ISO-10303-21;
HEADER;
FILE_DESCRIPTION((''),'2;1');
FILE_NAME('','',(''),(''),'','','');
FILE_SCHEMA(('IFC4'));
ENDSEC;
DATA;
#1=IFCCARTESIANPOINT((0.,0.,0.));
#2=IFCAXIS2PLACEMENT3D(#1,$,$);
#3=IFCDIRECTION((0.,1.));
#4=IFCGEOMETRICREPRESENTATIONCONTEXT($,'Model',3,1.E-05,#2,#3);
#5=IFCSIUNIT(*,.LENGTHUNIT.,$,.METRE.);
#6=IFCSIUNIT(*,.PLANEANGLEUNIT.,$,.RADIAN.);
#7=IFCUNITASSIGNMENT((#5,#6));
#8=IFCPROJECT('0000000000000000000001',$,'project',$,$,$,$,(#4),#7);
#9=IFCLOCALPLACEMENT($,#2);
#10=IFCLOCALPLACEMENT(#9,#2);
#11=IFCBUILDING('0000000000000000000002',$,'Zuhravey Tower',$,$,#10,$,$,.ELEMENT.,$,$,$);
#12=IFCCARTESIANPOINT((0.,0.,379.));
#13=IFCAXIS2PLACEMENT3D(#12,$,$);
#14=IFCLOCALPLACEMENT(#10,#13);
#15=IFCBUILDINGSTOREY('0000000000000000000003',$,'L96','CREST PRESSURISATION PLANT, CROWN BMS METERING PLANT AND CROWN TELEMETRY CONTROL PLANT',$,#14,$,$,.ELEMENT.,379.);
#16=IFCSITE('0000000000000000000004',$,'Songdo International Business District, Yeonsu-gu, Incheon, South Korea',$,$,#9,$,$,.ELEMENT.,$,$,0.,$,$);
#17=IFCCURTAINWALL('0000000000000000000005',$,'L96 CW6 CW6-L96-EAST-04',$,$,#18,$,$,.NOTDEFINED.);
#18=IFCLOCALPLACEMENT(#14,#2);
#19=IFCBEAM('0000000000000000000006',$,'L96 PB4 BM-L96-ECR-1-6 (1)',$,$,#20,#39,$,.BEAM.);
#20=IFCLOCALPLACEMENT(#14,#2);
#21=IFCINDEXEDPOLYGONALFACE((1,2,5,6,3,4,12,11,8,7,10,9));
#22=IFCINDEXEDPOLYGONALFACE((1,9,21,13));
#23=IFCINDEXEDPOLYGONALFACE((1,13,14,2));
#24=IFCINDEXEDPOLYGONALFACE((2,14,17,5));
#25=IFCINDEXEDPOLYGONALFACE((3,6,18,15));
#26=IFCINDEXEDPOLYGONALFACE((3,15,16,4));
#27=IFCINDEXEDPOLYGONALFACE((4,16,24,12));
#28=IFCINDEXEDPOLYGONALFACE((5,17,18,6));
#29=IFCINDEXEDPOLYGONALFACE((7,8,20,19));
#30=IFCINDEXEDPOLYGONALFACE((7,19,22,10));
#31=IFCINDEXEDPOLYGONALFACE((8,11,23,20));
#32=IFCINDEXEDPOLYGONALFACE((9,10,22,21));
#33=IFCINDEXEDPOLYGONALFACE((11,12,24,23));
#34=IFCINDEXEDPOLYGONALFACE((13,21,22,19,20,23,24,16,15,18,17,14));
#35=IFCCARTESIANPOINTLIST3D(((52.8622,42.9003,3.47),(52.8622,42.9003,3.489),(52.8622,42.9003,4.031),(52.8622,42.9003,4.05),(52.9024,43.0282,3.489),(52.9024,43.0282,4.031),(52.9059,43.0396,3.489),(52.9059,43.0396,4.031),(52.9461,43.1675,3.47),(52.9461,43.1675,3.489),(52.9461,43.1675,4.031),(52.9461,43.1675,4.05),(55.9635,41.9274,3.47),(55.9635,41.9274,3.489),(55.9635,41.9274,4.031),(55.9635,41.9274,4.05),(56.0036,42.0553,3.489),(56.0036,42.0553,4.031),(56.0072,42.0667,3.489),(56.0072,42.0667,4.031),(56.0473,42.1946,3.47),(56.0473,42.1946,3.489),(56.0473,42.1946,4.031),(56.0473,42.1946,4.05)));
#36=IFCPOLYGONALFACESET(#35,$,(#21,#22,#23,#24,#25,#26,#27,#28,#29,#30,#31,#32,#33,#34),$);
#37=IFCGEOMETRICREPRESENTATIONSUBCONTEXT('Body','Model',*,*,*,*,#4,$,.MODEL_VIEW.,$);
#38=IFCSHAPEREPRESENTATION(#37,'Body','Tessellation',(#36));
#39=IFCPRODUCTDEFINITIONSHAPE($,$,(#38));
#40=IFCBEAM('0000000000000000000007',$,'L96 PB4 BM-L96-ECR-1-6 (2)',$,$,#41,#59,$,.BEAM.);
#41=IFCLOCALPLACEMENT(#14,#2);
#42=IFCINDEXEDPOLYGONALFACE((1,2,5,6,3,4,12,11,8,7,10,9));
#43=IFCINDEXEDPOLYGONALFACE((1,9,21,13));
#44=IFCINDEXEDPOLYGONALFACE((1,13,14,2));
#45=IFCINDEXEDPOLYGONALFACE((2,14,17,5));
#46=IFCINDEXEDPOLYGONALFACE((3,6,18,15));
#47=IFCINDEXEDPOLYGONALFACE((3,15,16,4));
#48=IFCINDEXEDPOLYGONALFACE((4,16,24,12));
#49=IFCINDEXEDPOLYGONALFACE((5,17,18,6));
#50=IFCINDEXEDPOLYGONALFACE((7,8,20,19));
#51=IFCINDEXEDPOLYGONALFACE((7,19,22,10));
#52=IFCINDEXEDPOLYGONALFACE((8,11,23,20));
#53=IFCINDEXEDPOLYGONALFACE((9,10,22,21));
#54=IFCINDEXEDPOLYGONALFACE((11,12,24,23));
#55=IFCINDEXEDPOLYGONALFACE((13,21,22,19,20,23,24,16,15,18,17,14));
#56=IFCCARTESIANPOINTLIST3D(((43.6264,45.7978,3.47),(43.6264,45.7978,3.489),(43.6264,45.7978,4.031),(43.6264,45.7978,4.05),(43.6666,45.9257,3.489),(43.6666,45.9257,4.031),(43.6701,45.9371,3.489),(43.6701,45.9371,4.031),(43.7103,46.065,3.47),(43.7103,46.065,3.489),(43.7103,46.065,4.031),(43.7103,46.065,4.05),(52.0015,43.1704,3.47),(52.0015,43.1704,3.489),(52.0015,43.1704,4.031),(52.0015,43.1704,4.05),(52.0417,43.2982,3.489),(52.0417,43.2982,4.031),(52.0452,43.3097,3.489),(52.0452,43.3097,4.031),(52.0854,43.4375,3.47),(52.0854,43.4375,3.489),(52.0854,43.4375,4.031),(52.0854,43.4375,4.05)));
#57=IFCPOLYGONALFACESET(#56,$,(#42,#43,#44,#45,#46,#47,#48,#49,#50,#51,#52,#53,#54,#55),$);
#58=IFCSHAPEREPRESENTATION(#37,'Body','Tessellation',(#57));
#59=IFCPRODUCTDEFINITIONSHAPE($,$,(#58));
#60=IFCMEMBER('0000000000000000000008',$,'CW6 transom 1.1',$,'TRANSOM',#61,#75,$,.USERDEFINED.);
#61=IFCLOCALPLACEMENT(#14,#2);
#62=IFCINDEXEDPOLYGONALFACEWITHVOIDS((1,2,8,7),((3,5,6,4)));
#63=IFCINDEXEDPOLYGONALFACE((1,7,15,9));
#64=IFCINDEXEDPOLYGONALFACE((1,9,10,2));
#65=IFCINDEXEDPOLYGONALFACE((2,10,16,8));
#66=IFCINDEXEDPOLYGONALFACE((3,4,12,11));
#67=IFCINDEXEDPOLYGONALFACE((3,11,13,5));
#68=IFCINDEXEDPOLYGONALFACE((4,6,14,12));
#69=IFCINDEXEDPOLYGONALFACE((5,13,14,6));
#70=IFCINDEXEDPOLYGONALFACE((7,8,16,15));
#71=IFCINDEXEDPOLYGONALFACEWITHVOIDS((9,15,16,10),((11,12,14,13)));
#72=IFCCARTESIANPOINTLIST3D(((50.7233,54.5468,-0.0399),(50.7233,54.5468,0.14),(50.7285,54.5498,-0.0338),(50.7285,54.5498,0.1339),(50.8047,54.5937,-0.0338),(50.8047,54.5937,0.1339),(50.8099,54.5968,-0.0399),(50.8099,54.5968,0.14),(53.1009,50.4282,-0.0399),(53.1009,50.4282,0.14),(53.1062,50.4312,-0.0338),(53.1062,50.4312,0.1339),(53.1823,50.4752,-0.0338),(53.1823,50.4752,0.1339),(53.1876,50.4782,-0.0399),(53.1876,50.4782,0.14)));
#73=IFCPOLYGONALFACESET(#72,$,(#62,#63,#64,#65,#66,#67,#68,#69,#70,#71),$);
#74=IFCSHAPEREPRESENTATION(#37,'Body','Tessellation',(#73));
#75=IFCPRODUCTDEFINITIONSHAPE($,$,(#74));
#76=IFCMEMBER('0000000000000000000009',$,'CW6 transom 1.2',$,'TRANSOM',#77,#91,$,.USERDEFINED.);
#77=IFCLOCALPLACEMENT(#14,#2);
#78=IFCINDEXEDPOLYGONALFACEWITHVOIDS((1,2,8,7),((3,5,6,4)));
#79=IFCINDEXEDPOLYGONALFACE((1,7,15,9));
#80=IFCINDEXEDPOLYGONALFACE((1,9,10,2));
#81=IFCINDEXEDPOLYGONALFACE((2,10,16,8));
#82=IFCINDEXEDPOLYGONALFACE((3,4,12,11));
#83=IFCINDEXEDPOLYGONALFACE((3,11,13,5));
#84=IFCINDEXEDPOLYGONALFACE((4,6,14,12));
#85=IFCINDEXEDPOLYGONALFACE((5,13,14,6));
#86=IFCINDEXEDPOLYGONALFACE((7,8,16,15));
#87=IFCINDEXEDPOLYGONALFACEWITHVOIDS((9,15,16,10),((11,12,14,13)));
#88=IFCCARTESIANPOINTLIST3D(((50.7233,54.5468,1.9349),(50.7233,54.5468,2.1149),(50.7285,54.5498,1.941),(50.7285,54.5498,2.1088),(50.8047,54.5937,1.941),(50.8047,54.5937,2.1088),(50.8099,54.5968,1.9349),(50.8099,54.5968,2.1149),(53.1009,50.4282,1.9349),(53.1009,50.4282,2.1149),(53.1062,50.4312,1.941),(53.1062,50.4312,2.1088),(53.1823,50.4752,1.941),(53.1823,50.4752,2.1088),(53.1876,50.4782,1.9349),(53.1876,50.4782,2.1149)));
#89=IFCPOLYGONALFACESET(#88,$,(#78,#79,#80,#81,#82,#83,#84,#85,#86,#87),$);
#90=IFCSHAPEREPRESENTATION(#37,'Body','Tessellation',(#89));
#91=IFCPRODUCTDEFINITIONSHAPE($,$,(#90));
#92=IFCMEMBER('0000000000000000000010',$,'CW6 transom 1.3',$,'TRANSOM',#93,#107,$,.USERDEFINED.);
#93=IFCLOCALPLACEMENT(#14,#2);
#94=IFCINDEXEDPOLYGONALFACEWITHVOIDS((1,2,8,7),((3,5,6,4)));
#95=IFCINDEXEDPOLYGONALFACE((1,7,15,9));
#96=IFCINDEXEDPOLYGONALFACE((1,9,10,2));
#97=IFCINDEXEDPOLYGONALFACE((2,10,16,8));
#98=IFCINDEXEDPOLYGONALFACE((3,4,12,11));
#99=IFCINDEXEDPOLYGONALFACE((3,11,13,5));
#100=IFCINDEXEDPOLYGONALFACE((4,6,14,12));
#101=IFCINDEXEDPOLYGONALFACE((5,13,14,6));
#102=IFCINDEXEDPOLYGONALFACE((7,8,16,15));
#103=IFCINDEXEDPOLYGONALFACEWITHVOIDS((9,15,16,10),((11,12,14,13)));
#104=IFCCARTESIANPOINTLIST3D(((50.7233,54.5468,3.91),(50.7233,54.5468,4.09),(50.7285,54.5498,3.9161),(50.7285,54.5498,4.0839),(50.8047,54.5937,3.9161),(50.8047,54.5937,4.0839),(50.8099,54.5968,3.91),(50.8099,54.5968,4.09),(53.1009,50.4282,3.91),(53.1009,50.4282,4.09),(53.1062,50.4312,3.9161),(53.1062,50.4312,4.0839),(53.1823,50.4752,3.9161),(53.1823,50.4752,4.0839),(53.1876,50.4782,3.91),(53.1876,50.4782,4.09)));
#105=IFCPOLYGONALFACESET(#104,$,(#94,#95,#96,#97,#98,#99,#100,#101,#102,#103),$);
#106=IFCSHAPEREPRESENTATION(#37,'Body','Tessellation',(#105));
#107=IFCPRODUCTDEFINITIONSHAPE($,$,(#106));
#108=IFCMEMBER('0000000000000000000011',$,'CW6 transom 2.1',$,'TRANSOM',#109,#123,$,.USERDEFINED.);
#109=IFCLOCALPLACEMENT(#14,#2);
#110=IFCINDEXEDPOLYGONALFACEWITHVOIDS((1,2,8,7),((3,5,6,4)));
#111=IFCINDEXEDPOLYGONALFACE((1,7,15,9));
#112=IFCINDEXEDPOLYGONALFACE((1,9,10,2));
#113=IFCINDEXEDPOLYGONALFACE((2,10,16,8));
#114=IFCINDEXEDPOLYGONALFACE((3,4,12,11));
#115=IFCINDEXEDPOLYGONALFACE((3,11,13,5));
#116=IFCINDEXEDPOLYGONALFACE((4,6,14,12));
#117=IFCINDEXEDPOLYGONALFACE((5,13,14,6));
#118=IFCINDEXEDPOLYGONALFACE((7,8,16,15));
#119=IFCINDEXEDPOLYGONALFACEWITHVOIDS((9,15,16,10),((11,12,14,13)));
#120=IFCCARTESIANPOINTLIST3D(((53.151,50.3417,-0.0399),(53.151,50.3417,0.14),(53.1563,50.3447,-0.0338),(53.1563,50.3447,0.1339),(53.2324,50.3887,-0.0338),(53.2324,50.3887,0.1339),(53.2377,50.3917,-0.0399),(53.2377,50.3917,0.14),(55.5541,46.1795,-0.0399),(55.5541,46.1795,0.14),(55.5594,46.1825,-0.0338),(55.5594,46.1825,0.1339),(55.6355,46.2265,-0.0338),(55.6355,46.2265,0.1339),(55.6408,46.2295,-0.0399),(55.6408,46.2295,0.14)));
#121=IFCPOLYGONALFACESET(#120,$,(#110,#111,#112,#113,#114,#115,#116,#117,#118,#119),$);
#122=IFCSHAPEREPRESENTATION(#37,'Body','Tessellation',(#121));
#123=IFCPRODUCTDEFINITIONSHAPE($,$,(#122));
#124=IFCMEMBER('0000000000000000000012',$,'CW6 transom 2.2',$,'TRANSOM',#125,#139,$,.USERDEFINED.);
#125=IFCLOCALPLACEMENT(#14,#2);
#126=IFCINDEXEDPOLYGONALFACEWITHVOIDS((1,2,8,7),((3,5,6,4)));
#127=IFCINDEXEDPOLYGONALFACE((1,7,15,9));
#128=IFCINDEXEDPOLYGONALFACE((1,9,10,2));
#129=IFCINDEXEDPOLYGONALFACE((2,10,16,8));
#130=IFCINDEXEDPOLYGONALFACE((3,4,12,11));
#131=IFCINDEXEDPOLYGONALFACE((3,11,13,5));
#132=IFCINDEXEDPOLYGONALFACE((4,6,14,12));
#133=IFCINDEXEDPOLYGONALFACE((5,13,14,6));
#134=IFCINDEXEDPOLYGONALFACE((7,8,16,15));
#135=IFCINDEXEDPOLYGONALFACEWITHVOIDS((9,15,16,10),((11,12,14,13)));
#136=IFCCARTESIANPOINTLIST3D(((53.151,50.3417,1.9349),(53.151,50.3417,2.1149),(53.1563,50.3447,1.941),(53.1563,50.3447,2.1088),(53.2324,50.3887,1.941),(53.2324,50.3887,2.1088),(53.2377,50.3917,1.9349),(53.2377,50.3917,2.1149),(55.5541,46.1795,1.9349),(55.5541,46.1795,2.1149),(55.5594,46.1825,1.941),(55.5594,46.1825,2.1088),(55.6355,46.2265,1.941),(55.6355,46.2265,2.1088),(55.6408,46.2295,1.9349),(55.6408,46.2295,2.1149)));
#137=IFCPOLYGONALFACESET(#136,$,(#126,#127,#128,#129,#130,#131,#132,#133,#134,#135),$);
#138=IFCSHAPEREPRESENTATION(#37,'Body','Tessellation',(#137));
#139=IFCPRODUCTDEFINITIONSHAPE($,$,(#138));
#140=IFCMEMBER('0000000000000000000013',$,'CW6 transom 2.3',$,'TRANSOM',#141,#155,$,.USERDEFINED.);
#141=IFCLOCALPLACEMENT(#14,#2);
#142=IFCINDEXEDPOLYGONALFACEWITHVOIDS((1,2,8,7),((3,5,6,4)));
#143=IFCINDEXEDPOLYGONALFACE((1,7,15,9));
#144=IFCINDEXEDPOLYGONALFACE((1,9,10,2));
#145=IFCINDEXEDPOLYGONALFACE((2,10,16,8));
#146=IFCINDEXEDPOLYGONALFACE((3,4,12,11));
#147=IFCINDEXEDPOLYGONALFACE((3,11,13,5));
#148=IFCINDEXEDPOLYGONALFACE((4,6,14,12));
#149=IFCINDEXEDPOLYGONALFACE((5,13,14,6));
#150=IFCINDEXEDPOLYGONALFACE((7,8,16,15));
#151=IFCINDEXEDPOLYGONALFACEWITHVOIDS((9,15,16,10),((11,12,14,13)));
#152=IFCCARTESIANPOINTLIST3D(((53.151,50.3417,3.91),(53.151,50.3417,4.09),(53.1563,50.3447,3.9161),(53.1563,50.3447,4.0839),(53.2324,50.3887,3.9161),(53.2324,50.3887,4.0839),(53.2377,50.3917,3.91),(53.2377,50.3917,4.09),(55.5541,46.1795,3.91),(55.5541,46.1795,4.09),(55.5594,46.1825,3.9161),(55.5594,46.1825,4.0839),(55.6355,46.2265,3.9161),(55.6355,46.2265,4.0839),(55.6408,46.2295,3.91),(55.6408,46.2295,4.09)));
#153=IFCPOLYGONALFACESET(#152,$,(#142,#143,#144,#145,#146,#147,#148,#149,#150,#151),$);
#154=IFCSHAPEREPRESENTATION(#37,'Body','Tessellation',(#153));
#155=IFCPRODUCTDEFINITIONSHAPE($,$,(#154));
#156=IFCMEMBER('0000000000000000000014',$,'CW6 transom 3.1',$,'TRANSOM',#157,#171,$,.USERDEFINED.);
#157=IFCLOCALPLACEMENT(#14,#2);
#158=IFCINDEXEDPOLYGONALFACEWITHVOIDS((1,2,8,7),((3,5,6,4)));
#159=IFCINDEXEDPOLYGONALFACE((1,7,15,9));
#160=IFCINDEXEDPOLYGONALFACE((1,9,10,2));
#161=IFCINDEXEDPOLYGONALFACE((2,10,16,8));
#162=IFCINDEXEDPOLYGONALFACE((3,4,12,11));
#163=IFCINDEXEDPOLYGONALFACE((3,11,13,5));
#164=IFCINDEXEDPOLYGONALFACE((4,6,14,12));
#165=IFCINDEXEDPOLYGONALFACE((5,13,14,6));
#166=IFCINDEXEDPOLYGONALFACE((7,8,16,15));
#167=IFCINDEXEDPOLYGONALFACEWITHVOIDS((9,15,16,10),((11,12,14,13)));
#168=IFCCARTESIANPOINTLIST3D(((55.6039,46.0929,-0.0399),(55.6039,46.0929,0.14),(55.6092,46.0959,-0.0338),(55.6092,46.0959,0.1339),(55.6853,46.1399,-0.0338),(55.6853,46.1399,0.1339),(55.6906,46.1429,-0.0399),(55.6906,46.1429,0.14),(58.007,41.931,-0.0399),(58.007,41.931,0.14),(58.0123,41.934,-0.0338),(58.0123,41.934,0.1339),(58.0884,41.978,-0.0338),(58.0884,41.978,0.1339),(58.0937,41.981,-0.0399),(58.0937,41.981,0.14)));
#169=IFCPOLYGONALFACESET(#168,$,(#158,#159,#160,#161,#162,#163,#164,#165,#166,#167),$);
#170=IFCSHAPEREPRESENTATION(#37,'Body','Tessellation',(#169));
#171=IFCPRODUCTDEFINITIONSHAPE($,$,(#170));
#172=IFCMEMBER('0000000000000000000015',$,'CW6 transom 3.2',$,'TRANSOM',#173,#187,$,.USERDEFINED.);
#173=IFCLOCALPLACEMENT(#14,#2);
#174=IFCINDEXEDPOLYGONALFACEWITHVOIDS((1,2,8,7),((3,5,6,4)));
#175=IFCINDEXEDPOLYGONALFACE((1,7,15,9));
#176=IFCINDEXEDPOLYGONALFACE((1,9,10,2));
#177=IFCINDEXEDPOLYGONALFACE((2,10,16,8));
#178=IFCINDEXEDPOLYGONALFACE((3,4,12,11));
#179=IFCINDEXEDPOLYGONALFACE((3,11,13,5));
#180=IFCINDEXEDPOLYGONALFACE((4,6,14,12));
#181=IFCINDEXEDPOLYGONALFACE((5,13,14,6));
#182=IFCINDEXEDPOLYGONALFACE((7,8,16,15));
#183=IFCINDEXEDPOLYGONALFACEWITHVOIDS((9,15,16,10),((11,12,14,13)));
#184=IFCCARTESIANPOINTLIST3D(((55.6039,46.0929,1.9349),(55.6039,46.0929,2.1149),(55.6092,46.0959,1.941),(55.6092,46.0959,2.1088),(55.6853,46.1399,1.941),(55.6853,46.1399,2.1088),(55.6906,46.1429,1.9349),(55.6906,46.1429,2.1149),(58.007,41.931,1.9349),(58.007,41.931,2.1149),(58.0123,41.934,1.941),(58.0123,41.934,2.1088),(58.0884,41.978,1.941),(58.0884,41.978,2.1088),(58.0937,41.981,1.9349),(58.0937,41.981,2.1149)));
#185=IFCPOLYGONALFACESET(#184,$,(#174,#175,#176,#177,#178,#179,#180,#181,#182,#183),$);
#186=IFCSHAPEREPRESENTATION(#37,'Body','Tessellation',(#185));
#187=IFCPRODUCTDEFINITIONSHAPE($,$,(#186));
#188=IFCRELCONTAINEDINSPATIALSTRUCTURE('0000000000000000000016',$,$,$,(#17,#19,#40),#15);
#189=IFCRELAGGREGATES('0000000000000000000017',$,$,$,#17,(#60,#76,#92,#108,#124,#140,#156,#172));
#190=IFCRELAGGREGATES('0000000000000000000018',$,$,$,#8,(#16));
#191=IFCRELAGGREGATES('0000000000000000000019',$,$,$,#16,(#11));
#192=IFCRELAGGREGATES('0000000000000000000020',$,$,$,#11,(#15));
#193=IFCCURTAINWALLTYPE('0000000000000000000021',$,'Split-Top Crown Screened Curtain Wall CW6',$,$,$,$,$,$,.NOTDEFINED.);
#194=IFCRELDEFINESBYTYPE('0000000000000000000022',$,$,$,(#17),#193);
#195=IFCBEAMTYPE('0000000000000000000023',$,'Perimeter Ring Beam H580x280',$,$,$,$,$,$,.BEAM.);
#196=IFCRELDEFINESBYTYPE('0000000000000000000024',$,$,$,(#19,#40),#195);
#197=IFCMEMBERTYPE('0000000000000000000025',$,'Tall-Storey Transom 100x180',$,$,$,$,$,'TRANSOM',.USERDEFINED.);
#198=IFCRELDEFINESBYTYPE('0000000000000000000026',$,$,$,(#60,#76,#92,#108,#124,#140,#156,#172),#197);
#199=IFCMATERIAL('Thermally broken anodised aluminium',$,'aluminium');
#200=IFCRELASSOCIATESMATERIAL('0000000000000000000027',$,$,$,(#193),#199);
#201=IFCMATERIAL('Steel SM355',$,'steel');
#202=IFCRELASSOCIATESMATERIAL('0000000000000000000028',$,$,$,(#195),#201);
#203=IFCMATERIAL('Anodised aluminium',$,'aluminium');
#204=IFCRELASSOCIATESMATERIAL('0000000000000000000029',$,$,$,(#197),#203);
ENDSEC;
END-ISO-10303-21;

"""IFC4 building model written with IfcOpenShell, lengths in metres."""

from ifc_helpers import new_model, si_unit, direction, frame, origin, origin_2d, place, context, subcontext, project, spatial, hollow_rectangle, i_section, extrude, material, material_profile, profile_set, type_object, element, aggregate, save


model = new_model("IFC4")

# Units and contexts
model_context = context("Model", 3, precision=1e-05, world=origin(), true_north=direction((0.0, 1.0)))
body_context = subcontext(model_context, "Body", "Model", "MODEL_VIEW")
ifc_project = project(units=[si_unit("LENGTHUNIT", "METRE"), si_unit("PLANEANGLEUNIT", "RADIAN")], contexts=[model_context])

# Site, building, storey
site_placement = place(None, origin())
site = spatial("IfcSite", under=ifc_project, at=site_placement, Name="Songdo International Business District, Yeonsu-gu, Incheon, South Korea", CompositionType="ELEMENT", RefElevation=0.0)
building_placement = place(site_placement, origin())
building = spatial("IfcBuilding", under=site, at=building_placement, Name="Zuhravey Tower", CompositionType="ELEMENT")
storey_placement = place(building_placement, frame((0.0, 0.0, 379.0)))
storey = spatial("IfcBuildingStorey", under=building, at=storey_placement, Name="L96", Description="CREST PRESSURISATION PLANT, CROWN BMS METERING PLANT AND CROWN TELEMETRY CONTROL PLANT", CompositionType="ELEMENT", Elevation=379.0)

# Shared definitions
ifc_material_1 = material(Name="Steel SM355", Category="steel")

# Curtain wall
ifc_material_2 = material(Name="Thermally broken anodised aluminium", Category="aluminium")
curtain_wall_type = type_object("IfcCurtainWallType", Name="Split-Top Crown Screened Curtain Wall CW6", PredefinedType="NOTDEFINED", material=ifc_material_2)
curtain_wall_placement = place(storey_placement, origin())
curtain_wall = element("IfcCurtainWall", 1, at=curtain_wall_placement, inside=storey, type_object=curtain_wall_type, Name="L96 CW6 CW6-L96-EAST-04", PredefinedType="NOTDEFINED")
ifc_material_3 = material(Name="Anodised aluminium", Category="aluminium")

# Beams
ifc_material_profile_1 = material_profile(ifc_material_1, i_section(OverallWidth=0.28, OverallDepth=0.5801, WebThickness=0.012, FlangeThickness=0.019, at=origin_2d()), Name="H-580x280x12x19")
ifc_profile_set_1 = profile_set([ifc_material_profile_1], Name="Steel SM355")
beam_type = type_object("IfcBeamType", Name="Perimeter Ring Beam H580x280", PredefinedType="BEAM", material=ifc_profile_set_1)
beam_1_placement = place(storey_placement, frame((56.0054, 42.061, 3.76), z_axis=(-0.954152, 0.299323, 0.0), x_axis=(-0.299323, -0.954152, 0.0)))
element("IfcBeam", 2, at=beam_1_placement, inside=storey, type_object=beam_type, Name="L96 PB4 BM-L96-ECR-1-6 (1)", PredefinedType="BEAM", context=body_context, shape_type="SweptSolid", body=[
    extrude(i_section(OverallWidth=0.28, OverallDepth=0.5801, WebThickness=0.012, FlangeThickness=0.019, at=origin_2d()), origin(), (0.0, 0.0, 1.0), 3.2502),
])
beam_2_placement = place(storey_placement, frame((52.0435, 43.304, 3.76), z_axis=(-0.954147, 0.299339, 0.0), x_axis=(-0.299339, -0.954147, 0.0)))
element("IfcBeam", 3, at=beam_2_placement, inside=storey, type_object=beam_type, Name="L96 PB4 BM-L96-ECR-1-6 (2)", PredefinedType="BEAM", context=body_context, shape_type="SweptSolid", body=[
    extrude(i_section(OverallWidth=0.28, OverallDepth=0.5801, WebThickness=0.012, FlangeThickness=0.019, at=origin_2d()), origin(), (0.0, 0.0, 1.0), 8.7776),
])

# Members
ifc_material_profile_2 = material_profile(ifc_material_3, hollow_rectangle(XDim=0.1001, YDim=0.1799, WallThickness=0.0061, at=origin_2d()), Name="ALU-RHS-100x180x6")
ifc_profile_set_2 = profile_set([ifc_material_profile_2], Name="Anodised aluminium")
member_type_1 = type_object("IfcMemberType", Name="Tall-Storey Transom 100x180", ElementType="TRANSOM", PredefinedType="USERDEFINED", material=ifc_profile_set_2)
member_1_placement = place(storey_placement, frame((50.7666, 54.5718, 0.05), z_axis=(0.499965, -0.866045, 0.0), x_axis=(0.866045, 0.499965, 0.0)))
member_1 = element("IfcMember", 4, at=member_1_placement, type_object=member_type_1, Name="CW6 transom 1.1", ObjectType="TRANSOM", PredefinedType="USERDEFINED", context=body_context, shape_type="SweptSolid", body=[
    extrude(hollow_rectangle(XDim=0.1001, YDim=0.1799, WallThickness=0.0061, at=origin_2d()), origin(), (0.0, 0.0, 1.0), 4.7556),
])
member_2_placement = place(storey_placement, frame((50.7666, 54.5718, 2.0249), z_axis=(0.499965, -0.866045, 0.0), x_axis=(0.866045, 0.499965, 0.0)))
member_2 = element("IfcMember", 5, at=member_2_placement, type_object=member_type_1, Name="CW6 transom 1.2", ObjectType="TRANSOM", PredefinedType="USERDEFINED", context=body_context, shape_type="SweptSolid", body=[
    extrude(hollow_rectangle(XDim=0.1001, YDim=0.1799, WallThickness=0.0061, at=origin_2d()), origin(), (0.0, 0.0, 1.0), 4.7556),
])
member_3_placement = place(storey_placement, frame((50.7666, 54.5718, 4.0), z_axis=(0.499965, -0.866045, 0.0), x_axis=(0.866045, 0.499965, 0.0)))
member_3 = element("IfcMember", 6, at=member_3_placement, type_object=member_type_1, Name="CW6 transom 1.3", ObjectType="TRANSOM", PredefinedType="USERDEFINED", context=body_context, shape_type="SweptSolid", body=[
    extrude(hollow_rectangle(XDim=0.1001, YDim=0.1799, WallThickness=0.0061, at=origin_2d()), origin(), (0.0, 0.0, 1.0), 4.7556),
])
member_4_placement = place(storey_placement, frame((53.1943, 50.3667, 0.05), z_axis=(0.500013, -0.866018, 0.0), x_axis=(0.866018, 0.500013, 0.0)))
member_4 = element("IfcMember", 7, at=member_4_placement, type_object=member_type_1, Name="CW6 transom 2.1", ObjectType="TRANSOM", PredefinedType="USERDEFINED", context=body_context, shape_type="SweptSolid", body=[
    extrude(hollow_rectangle(XDim=0.1001, YDim=0.1799, WallThickness=0.0061, at=origin_2d()), origin(), (0.0, 0.0, 1.0), 4.8062),
])
member_5_placement = place(storey_placement, frame((53.1943, 50.3667, 2.0249), z_axis=(0.500013, -0.866018, 0.0), x_axis=(0.866018, 0.500013, 0.0)))
member_5 = element("IfcMember", 8, at=member_5_placement, type_object=member_type_1, Name="CW6 transom 2.2", ObjectType="TRANSOM", PredefinedType="USERDEFINED", context=body_context, shape_type="SweptSolid", body=[
    extrude(hollow_rectangle(XDim=0.1001, YDim=0.1799, WallThickness=0.0061, at=origin_2d()), origin(), (0.0, 0.0, 1.0), 4.8062),
])
member_6_placement = place(storey_placement, frame((53.1943, 50.3667, 4.0), z_axis=(0.500013, -0.866018, 0.0), x_axis=(0.866018, 0.500013, 0.0)))
member_6 = element("IfcMember", 9, at=member_6_placement, type_object=member_type_1, Name="CW6 transom 2.3", ObjectType="TRANSOM", PredefinedType="USERDEFINED", context=body_context, shape_type="SweptSolid", body=[
    extrude(hollow_rectangle(XDim=0.1001, YDim=0.1799, WallThickness=0.0061, at=origin_2d()), origin(), (0.0, 0.0, 1.0), 4.8062),
])
member_7_placement = place(storey_placement, frame((55.6472, 46.1179, 0.05), z_axis=(0.500035, -0.866005, 0.0), x_axis=(0.866005, 0.500035, 0.0)))
member_7 = element("IfcMember", 10, at=member_7_placement, type_object=member_type_1, Name="CW6 transom 3.1", ObjectType="TRANSOM", PredefinedType="USERDEFINED", context=body_context, shape_type="SweptSolid", body=[
    extrude(hollow_rectangle(XDim=0.1001, YDim=0.1799, WallThickness=0.0061, at=origin_2d()), origin(), (0.0, 0.0, 1.0), 4.8059),
])
member_8_placement = place(storey_placement, frame((55.6472, 46.1179, 2.0249), z_axis=(0.500035, -0.866005, 0.0), x_axis=(0.866005, 0.500035, 0.0)))
member_8 = element("IfcMember", 11, at=member_8_placement, type_object=member_type_1, Name="CW6 transom 3.2", ObjectType="TRANSOM", PredefinedType="USERDEFINED", context=body_context, shape_type="SweptSolid", body=[
    extrude(hollow_rectangle(XDim=0.1001, YDim=0.1799, WallThickness=0.0061, at=origin_2d()), origin(), (0.0, 0.0, 1.0), 4.8059),
])

aggregate(curtain_wall, [member_1, member_2, member_3, member_4, member_5, member_6, member_7, member_8])

save(model, "model.ifc")
